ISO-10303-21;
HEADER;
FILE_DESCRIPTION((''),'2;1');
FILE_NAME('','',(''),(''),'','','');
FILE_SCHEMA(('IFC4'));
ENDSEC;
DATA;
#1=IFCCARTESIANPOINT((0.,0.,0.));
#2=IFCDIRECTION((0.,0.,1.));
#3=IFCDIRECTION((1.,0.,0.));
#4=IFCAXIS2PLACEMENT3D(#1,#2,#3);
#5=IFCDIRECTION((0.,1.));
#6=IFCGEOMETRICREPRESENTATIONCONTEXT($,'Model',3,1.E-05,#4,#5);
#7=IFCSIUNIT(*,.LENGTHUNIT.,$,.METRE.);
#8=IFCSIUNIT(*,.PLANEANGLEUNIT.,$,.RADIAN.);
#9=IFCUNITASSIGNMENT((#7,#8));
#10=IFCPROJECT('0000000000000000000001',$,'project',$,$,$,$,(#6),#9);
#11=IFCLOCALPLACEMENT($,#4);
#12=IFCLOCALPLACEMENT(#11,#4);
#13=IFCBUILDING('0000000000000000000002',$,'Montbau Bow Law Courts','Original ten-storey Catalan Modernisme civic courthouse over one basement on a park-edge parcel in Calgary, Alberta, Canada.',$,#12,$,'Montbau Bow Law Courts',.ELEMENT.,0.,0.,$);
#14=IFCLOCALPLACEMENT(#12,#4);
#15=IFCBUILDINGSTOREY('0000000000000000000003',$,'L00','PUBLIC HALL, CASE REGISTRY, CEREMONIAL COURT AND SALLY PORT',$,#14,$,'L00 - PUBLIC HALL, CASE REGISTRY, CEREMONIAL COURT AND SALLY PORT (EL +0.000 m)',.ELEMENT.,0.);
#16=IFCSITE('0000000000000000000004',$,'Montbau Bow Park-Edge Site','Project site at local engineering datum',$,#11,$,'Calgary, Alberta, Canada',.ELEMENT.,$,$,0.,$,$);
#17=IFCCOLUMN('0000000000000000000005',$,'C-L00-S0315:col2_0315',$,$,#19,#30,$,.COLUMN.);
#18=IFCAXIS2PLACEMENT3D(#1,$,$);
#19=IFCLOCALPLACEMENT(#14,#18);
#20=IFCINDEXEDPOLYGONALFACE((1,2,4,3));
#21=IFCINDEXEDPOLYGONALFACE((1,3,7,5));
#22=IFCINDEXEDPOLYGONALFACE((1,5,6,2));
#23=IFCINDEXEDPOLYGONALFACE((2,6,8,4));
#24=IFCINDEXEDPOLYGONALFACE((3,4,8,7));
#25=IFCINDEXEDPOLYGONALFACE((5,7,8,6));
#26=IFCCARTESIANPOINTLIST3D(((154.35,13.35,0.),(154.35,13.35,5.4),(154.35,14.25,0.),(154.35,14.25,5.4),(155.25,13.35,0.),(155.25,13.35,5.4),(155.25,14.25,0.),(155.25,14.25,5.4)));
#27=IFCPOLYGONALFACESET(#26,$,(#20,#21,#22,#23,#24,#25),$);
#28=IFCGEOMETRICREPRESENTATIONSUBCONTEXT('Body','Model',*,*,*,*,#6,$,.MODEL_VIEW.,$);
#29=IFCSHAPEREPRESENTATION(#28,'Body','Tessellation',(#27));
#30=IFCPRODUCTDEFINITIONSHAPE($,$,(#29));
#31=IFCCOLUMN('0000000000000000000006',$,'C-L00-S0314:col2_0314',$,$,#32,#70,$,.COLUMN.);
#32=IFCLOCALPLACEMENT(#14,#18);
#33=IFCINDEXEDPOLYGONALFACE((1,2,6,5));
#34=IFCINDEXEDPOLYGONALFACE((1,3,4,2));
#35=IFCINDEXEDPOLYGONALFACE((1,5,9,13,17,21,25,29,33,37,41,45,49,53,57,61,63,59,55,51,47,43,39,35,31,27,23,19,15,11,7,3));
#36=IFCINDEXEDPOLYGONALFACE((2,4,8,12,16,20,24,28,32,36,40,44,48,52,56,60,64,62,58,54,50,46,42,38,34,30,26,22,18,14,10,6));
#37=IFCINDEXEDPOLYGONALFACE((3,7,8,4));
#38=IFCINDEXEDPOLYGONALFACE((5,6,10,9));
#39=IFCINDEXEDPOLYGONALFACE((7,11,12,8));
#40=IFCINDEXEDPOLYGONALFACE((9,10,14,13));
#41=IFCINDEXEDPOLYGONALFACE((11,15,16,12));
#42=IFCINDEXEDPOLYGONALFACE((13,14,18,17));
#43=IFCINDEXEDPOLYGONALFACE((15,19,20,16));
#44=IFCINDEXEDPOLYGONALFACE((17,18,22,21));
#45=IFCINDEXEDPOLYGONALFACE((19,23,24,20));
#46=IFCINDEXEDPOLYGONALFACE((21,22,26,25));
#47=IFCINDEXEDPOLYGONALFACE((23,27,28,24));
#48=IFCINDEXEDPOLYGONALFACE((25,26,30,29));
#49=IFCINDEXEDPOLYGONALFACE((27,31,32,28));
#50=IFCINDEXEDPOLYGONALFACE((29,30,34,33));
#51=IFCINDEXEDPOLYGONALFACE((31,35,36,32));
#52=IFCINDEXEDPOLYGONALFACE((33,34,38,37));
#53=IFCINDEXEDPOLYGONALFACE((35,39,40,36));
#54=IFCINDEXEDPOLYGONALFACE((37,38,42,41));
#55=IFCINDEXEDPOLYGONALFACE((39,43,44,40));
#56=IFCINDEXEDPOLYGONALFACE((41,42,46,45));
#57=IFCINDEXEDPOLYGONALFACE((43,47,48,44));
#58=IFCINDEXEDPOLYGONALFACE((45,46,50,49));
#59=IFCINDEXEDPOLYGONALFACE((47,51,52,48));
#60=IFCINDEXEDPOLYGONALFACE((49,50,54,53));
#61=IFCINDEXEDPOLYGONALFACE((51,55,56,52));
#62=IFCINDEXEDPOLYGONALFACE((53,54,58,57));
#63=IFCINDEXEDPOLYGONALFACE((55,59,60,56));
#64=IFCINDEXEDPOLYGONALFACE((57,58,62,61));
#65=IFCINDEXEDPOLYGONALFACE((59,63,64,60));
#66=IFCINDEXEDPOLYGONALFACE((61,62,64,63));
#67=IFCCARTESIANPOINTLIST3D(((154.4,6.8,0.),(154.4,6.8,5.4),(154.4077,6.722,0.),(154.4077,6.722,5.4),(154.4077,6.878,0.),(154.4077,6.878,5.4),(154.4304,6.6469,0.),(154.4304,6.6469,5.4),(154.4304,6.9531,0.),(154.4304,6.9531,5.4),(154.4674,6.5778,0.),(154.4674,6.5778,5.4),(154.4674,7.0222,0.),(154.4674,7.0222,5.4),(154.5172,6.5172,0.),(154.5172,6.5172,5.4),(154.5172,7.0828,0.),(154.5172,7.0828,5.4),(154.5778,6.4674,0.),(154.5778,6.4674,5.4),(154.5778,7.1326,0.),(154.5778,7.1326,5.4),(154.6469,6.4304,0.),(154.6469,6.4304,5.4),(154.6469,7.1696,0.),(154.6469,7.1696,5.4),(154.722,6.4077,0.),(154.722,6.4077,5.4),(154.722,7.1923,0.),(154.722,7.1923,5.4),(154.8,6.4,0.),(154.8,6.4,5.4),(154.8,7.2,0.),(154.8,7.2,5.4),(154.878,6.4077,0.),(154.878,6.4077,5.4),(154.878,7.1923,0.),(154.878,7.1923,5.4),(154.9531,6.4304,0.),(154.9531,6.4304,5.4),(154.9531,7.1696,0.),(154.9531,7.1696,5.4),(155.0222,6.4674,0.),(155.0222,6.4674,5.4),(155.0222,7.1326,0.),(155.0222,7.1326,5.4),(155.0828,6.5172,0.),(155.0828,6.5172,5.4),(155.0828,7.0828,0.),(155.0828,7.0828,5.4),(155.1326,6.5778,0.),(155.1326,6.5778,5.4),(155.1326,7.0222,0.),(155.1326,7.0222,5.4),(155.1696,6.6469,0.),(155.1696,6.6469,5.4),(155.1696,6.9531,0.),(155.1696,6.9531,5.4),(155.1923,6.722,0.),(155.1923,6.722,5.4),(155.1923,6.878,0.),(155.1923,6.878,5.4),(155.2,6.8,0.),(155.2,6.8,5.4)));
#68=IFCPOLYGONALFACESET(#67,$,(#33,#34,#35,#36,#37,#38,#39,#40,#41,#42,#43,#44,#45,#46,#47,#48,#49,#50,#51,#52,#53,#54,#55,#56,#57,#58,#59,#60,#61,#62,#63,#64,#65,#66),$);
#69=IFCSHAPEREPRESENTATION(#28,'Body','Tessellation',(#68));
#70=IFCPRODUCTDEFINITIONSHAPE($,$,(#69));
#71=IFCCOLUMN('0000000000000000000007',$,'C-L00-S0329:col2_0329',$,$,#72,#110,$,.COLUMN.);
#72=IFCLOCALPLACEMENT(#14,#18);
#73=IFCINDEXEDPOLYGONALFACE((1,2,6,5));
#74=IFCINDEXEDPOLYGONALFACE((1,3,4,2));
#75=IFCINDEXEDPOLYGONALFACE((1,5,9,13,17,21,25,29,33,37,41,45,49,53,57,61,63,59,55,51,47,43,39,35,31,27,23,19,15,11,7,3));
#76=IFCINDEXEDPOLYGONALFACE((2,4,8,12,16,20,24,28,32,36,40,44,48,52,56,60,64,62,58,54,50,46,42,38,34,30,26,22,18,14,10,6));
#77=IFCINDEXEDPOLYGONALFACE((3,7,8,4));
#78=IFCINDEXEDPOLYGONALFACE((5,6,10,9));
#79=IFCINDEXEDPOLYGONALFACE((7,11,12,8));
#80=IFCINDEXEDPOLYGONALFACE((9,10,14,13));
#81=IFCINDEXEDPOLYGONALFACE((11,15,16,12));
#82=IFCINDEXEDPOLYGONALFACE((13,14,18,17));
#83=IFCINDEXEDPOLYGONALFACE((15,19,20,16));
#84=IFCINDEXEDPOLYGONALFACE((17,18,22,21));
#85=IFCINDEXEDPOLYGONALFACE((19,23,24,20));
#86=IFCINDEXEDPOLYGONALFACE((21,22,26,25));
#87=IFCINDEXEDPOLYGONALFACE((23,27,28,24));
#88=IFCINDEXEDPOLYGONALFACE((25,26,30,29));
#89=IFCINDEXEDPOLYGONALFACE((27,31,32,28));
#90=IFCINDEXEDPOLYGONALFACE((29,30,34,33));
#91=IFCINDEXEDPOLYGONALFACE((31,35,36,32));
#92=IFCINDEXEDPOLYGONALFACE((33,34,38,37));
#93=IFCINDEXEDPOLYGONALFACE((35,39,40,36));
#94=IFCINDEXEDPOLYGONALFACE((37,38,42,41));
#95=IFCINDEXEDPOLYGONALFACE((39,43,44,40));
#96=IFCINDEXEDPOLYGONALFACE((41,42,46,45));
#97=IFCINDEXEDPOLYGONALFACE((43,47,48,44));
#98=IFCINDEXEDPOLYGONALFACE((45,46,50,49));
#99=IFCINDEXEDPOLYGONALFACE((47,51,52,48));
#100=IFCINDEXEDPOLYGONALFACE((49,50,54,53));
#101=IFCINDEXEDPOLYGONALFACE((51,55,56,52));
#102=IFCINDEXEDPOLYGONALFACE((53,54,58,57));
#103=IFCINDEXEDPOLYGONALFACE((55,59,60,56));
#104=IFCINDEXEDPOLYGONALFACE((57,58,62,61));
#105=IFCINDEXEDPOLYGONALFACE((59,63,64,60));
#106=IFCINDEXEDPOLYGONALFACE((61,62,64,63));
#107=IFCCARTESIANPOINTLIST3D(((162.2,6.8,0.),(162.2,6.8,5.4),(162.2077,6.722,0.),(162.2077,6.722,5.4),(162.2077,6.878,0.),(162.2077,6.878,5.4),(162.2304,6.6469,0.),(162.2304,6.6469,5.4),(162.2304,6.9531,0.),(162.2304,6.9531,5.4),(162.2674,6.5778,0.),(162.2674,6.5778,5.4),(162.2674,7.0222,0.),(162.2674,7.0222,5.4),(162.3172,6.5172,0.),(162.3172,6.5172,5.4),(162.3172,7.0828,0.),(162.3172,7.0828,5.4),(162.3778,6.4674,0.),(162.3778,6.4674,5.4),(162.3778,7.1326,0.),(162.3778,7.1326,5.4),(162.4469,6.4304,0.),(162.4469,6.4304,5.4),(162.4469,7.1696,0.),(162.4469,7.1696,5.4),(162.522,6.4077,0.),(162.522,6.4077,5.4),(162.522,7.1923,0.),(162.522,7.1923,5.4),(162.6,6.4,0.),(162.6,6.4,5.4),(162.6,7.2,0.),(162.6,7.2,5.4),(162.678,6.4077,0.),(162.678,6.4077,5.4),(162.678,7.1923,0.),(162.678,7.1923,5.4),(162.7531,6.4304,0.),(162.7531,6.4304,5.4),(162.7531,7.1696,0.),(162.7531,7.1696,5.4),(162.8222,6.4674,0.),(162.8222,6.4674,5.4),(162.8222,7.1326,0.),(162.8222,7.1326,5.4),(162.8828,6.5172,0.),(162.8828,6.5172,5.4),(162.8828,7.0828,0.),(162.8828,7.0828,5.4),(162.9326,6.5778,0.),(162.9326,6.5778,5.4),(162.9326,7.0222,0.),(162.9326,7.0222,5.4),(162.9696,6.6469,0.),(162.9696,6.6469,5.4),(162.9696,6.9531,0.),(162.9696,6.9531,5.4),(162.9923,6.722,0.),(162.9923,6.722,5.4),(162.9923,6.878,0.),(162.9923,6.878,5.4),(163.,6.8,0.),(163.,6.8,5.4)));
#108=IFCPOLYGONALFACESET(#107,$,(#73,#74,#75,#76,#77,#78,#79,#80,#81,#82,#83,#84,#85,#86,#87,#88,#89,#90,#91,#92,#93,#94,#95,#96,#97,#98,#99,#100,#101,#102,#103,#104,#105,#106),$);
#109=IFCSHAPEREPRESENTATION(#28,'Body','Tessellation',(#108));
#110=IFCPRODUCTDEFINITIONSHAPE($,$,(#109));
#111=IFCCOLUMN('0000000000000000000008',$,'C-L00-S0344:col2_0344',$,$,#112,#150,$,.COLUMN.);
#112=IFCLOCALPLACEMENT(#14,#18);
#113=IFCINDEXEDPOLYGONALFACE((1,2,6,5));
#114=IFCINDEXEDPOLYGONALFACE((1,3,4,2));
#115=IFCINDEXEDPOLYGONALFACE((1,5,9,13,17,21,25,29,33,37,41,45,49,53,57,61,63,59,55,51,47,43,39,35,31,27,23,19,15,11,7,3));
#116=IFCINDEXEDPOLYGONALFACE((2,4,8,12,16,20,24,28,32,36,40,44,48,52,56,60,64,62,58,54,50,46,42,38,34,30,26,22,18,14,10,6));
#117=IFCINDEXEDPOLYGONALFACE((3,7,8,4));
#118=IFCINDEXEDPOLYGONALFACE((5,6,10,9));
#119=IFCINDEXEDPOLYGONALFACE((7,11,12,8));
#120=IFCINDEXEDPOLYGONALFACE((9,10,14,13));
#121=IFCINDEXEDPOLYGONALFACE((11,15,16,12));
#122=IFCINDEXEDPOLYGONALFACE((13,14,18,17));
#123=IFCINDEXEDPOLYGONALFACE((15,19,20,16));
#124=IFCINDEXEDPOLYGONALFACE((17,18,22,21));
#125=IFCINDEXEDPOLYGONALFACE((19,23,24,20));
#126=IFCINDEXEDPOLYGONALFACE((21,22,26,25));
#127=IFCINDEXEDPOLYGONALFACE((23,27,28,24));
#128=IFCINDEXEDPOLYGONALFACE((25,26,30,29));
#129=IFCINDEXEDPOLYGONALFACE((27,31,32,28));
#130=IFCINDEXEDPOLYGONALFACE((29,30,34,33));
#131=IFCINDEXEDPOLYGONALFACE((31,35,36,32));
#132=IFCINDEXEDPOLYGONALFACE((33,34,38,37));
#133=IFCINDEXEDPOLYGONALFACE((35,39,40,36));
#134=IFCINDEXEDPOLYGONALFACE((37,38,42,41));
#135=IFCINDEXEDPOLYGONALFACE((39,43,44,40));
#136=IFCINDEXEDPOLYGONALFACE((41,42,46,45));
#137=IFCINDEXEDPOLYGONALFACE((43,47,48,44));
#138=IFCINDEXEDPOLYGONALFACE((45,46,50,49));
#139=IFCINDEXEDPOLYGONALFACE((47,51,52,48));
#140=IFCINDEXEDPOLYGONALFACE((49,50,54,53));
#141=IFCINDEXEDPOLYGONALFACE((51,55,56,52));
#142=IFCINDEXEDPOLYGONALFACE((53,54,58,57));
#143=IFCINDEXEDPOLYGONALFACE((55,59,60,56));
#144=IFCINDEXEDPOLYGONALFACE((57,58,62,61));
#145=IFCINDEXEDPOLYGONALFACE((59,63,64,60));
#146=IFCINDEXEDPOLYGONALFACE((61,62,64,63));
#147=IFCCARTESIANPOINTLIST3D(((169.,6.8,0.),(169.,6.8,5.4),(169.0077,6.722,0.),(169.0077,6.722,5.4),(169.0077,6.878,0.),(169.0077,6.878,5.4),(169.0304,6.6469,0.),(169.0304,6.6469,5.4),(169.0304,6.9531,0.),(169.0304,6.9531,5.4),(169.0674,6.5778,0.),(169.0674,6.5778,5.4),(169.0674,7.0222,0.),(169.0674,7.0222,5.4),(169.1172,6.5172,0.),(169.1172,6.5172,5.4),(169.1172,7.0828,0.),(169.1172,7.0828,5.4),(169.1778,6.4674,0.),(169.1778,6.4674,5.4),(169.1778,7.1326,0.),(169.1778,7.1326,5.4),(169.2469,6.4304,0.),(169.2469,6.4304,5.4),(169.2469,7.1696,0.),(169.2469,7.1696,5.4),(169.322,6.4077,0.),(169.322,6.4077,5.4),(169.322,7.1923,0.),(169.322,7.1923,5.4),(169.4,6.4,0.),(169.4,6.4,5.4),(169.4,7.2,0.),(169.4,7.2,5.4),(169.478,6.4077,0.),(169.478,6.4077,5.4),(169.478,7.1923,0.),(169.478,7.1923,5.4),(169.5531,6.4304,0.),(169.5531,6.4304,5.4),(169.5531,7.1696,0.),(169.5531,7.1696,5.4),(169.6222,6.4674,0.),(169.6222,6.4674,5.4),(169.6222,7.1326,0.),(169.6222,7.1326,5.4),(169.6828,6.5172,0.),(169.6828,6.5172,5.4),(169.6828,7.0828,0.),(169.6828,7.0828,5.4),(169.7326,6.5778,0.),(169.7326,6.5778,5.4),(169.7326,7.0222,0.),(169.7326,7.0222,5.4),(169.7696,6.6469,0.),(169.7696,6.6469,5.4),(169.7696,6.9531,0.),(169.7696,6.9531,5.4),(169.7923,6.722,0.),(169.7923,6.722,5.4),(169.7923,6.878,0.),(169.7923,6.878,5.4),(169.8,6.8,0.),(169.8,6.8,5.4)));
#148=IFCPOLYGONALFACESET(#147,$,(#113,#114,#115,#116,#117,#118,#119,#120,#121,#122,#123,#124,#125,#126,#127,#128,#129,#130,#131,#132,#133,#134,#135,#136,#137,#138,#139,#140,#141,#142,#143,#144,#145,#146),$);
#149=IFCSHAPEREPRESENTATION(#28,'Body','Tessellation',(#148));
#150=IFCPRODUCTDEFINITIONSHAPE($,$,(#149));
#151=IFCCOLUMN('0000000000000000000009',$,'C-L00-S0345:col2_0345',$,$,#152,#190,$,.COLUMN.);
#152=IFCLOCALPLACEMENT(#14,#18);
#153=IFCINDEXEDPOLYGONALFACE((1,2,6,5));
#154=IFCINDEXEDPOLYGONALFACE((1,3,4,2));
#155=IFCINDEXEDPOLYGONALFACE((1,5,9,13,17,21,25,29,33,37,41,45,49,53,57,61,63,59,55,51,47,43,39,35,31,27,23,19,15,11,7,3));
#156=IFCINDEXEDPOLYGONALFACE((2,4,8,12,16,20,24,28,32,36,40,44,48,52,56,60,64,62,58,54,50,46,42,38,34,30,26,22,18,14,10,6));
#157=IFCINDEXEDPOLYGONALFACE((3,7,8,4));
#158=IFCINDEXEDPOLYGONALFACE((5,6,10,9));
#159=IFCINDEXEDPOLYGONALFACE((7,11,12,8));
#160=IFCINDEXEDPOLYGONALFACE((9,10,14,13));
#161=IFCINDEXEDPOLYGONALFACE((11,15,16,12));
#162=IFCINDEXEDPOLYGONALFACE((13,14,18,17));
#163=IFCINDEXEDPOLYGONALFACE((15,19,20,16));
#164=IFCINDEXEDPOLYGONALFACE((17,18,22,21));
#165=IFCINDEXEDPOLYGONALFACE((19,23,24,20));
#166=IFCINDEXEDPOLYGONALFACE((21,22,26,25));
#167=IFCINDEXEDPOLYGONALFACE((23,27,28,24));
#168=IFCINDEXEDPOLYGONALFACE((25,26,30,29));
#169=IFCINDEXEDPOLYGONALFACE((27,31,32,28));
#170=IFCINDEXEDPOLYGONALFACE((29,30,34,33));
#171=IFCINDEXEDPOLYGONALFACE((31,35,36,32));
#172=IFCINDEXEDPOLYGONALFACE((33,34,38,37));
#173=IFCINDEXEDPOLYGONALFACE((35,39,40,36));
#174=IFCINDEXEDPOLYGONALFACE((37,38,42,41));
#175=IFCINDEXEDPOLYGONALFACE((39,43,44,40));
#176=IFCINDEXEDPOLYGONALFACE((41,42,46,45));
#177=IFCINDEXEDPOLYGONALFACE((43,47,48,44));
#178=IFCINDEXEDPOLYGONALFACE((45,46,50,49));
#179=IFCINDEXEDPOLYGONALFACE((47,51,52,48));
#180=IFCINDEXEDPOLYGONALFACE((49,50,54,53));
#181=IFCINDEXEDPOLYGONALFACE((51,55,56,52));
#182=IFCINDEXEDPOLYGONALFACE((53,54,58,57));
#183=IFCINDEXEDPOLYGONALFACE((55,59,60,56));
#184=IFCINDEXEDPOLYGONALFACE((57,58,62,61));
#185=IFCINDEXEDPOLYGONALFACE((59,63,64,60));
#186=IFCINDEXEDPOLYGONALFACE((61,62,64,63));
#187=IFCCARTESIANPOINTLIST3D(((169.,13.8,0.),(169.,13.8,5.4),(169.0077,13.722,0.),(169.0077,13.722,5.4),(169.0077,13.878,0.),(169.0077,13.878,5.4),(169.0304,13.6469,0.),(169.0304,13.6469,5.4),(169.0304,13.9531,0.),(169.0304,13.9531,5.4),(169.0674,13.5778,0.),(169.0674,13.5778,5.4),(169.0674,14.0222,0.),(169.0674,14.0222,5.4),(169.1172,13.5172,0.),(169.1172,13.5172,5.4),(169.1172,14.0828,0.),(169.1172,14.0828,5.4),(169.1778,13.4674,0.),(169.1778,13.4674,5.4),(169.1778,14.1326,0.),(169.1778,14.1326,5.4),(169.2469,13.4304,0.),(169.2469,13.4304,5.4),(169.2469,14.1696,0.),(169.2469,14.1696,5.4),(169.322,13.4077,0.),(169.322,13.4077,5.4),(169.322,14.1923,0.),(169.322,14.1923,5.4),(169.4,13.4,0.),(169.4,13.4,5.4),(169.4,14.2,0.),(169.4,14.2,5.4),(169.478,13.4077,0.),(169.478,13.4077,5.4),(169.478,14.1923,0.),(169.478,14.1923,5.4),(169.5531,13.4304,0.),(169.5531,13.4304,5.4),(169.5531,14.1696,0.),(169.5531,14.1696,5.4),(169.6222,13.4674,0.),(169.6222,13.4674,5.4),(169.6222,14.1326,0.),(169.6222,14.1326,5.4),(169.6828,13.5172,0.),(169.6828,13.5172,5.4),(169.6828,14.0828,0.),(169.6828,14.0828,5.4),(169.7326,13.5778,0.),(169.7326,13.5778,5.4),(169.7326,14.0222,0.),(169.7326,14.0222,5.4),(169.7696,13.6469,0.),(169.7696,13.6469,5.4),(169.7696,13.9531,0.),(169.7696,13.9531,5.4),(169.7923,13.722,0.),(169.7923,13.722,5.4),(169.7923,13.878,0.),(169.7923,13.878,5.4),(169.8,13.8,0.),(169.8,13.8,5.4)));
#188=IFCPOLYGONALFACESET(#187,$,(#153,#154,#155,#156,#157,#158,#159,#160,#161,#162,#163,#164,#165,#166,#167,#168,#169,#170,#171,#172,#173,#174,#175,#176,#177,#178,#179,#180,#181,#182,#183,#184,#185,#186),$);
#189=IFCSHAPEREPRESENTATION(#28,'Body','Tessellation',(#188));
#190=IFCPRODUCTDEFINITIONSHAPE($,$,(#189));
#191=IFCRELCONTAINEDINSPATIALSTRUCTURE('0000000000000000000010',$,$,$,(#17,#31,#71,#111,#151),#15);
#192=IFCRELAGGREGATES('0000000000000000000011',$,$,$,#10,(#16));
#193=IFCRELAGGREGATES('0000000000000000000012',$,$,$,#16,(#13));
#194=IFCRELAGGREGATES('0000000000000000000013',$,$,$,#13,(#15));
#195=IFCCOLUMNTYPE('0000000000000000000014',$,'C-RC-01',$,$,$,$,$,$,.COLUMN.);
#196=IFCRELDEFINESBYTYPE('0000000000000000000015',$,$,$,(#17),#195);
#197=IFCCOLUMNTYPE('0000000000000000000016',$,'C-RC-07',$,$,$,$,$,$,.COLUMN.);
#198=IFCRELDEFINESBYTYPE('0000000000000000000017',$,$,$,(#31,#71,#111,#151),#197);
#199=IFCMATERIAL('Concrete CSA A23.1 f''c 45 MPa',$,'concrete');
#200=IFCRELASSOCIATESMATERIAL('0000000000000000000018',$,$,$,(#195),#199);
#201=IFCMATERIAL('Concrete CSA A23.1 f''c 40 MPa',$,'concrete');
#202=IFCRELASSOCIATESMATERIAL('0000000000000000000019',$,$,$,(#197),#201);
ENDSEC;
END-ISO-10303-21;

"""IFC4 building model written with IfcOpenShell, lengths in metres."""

from ifc_helpers import new_model, si_unit, direction, frame, origin_with_axes, origin_2d_with_axis, place, context, subcontext, project, spatial, rectangle, circle, extrude, material, material_profile, profile_set, type_object, element, save


model = new_model("IFC4")

# Units and contexts
model_context = context("Model", 3, precision=1e-05, world=origin_with_axes(), true_north=direction((0.0, 1.0)))
body_context = subcontext(model_context, "Body", "Model", "MODEL_VIEW")
ifc_project = project(units=[si_unit("LENGTHUNIT", "METRE"), si_unit("PLANEANGLEUNIT", "RADIAN")], contexts=[model_context])

# Site, building, storey
site_placement = place(None, origin_with_axes())
site = spatial("IfcSite", under=ifc_project, at=site_placement, Name="Montbau Bow Park-Edge Site", Description="Project site at local engineering datum", LongName="Calgary, Alberta, Canada", CompositionType="ELEMENT", RefElevation=0.0)
building_placement = place(site_placement, origin_with_axes())
building = spatial("IfcBuilding", under=site, at=building_placement, Name="Montbau Bow Law Courts", Description="Original ten-storey Catalan Modernisme civic courthouse over one basement on a park-edge parcel in Calgary, Alberta, Canada.", LongName="Montbau Bow Law Courts", CompositionType="ELEMENT", ElevationOfRefHeight=0.0, ElevationOfTerrain=0.0)
storey_placement = place(building_placement, origin_with_axes())
storey = spatial("IfcBuildingStorey", under=building, at=storey_placement, Name="L00", Description="PUBLIC HALL, CASE REGISTRY, CEREMONIAL COURT AND SALLY PORT", LongName="L00 - PUBLIC HALL, CASE REGISTRY, CEREMONIAL COURT AND SALLY PORT (EL +0.000 m)", CompositionType="ELEMENT", Elevation=0.0)

# Columns
ifc_material_1 = material(Name="Concrete CSA A23.1 f'c 45 MPa", Category="concrete")
ifc_material_profile_1 = material_profile(ifc_material_1, rectangle(XDim=0.9, YDim=0.9, at=origin_2d_with_axis()), Name="RC900X900", Category="Main", Priority=0)
ifc_profile_set_1 = profile_set([ifc_material_profile_1], Name="Concrete CSA A23.1 f'c 45 MPa")
column_type_1 = type_object("IfcColumnType", Name="C-RC-01", PredefinedType="COLUMN", material=ifc_profile_set_1)
column_1_placement = place(None, frame((154.8, 13.8, 0.0), z_axis=(0.0, 0.0, 1.0), x_axis=(1.0, 0.0, 0.0)))
element("IfcColumn", 1, at=column_1_placement, inside=storey, type_object=column_type_1, Name="C-L00-S0315:col2_0315", PredefinedType="COLUMN", context=body_context, shape_type="SweptSolid", body=[
    extrude(rectangle(XDim=0.9, YDim=0.9, at=origin_2d_with_axis()), origin_with_axes(), (0.0, 0.0, 1.0), 5.4),
])
ifc_material_2 = material(Name="Concrete CSA A23.1 f'c 40 MPa", Category="concrete")
ifc_material_profile_2 = material_profile(ifc_material_2, circle(Radius=0.4, at=origin_2d_with_axis()), Name="RC800D", Category="Main", Priority=0)
ifc_profile_set_2 = profile_set([ifc_material_profile_2], Name="Concrete CSA A23.1 f'c 40 MPa")
column_type_2 = type_object("IfcColumnType", Name="C-RC-07", PredefinedType="COLUMN", material=ifc_profile_set_2)
for number, where, z_axis, x_axis, name in (
    (2, (154.8, 6.8, 0.0), (0.0, 0.0, 1.0), (1.0, 0.0, 0.0), "C-L00-S0314:col2_0314"),
    (3, (162.6, 6.8, 0.0), (0.0, 0.0, 1.0), (1.0, 0.0, 0.0), "C-L00-S0329:col2_0329"),
    (4, (169.4, 6.8, 0.0), (0.0, 0.0, 1.0), (1.0, 0.0, 0.0), "C-L00-S0344:col2_0344"),
    (5, (169.4, 13.8, 0.0), (0.0, 0.0, 1.0), (1.0, 0.0, 0.0), "C-L00-S0345:col2_0345"),
):
    element("IfcColumn", number, at=place(None, frame(where, z_axis=z_axis, x_axis=x_axis)), inside=storey, type_object=column_type_2, Name=name, PredefinedType="COLUMN", context=body_context, shape_type="SweptSolid", body=[
        extrude(circle(Radius=0.4, at=origin_2d_with_axis()), origin_with_axes(), (0.0, 0.0, 1.0), 5.4),
    ])

save(model, "model.ifc")
